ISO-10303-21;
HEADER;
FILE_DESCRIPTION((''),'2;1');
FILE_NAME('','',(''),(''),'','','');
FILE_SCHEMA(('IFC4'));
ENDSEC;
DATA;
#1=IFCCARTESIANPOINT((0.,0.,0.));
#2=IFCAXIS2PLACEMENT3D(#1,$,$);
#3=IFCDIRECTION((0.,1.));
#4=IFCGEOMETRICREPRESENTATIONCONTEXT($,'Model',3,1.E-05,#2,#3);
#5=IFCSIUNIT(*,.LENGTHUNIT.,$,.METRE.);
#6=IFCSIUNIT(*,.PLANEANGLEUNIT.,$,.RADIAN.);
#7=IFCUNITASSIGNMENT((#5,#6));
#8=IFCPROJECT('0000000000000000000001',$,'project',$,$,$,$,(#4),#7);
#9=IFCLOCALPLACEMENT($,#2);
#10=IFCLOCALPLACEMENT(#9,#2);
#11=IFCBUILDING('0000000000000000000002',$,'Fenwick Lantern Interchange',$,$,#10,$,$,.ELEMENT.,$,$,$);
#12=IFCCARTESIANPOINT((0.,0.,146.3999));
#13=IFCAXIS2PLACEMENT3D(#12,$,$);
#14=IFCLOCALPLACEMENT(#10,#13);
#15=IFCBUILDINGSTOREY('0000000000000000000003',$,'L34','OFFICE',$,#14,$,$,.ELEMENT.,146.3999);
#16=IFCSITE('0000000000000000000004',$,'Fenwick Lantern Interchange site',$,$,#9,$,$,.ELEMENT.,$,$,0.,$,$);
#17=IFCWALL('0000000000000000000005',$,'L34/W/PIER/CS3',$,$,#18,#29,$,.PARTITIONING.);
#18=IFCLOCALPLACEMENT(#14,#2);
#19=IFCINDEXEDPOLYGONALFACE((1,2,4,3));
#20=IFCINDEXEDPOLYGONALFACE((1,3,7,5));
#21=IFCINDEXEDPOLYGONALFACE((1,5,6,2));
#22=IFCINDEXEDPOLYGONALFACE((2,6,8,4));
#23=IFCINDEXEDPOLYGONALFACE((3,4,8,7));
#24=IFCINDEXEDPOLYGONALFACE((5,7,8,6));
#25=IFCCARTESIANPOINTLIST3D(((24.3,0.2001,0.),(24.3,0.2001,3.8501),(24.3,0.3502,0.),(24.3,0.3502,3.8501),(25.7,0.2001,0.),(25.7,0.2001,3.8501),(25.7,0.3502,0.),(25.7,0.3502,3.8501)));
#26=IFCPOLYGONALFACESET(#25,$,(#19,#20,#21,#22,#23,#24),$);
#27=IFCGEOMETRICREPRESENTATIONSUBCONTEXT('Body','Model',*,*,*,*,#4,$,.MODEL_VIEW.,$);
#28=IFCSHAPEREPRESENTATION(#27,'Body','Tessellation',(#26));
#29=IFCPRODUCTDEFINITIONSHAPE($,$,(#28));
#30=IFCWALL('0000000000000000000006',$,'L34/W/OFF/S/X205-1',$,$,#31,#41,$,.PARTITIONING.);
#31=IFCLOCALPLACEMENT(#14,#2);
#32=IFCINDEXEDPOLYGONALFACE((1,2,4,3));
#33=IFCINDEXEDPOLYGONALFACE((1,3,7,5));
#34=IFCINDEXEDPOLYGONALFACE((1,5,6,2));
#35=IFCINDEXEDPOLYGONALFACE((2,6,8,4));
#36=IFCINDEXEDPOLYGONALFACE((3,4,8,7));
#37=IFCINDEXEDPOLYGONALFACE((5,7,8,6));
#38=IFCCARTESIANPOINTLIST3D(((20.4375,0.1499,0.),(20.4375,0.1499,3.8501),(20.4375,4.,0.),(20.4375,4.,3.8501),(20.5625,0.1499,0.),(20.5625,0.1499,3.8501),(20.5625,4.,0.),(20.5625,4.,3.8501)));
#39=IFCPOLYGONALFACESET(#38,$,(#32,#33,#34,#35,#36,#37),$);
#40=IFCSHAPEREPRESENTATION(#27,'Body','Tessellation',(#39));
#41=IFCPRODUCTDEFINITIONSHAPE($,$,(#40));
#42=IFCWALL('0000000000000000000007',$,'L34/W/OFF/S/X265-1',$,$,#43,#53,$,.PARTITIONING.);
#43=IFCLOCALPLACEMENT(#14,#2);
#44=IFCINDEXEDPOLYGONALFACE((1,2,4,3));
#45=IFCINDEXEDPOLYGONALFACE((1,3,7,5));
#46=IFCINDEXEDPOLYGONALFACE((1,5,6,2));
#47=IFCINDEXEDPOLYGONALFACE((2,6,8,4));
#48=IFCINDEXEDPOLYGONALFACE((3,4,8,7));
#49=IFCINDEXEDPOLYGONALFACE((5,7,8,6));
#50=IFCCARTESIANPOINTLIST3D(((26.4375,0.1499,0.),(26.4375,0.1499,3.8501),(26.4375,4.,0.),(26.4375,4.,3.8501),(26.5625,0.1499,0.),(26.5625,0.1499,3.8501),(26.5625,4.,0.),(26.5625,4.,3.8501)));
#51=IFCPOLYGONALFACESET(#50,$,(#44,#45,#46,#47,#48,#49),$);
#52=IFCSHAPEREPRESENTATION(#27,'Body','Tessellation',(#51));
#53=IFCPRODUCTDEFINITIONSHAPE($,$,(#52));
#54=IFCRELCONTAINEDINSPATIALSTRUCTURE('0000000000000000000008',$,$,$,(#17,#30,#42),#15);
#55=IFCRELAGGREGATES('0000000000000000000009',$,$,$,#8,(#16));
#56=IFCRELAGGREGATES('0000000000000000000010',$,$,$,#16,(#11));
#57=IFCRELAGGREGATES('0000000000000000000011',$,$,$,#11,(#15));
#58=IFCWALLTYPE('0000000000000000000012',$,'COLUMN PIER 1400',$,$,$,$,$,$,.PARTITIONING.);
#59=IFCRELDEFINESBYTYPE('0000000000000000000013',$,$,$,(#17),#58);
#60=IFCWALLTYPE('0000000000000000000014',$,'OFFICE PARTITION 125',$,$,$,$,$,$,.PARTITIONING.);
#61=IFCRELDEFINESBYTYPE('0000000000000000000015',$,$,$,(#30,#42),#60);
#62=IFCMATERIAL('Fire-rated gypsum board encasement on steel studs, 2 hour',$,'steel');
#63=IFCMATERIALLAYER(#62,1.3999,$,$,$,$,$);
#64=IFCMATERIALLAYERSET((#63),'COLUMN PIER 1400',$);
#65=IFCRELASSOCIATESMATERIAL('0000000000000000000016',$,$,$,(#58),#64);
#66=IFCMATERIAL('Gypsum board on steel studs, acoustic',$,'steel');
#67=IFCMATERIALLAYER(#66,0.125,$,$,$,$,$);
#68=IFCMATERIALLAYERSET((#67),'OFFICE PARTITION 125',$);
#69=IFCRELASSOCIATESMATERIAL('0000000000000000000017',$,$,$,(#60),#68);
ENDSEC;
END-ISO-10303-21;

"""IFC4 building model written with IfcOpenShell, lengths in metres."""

from ifc_helpers import new_model, si_unit, direction, frame, frame_2d, origin, place, context, subcontext, project, spatial, rectangle, extrude, material, layer, layer_set, type_object, element, save


model = new_model("IFC4")

# Units and contexts
model_context = context("Model", 3, precision=1e-05, world=origin(), true_north=direction((0.0, 1.0)))
body_context = subcontext(model_context, "Body", "Model", "MODEL_VIEW")
ifc_project = project(units=[si_unit("LENGTHUNIT", "METRE"), si_unit("PLANEANGLEUNIT", "RADIAN")], contexts=[model_context])

# Site, building, storey
site_placement = place(None, origin())
site = spatial("IfcSite", under=ifc_project, at=site_placement, Name="Fenwick Lantern Interchange site", CompositionType="ELEMENT", RefElevation=0.0)
building_placement = place(site_placement, origin())
building = spatial("IfcBuilding", under=site, at=building_placement, Name="Fenwick Lantern Interchange", CompositionType="ELEMENT")
storey_placement = place(building_placement, frame((0.0, 0.0, 146.3999)))
storey = spatial("IfcBuildingStorey", under=building, at=storey_placement, Name="L34", Description="OFFICE", CompositionType="ELEMENT", Elevation=146.3999)

# Walls
ifc_material_1 = material(Name="Fire-rated gypsum board encasement on steel studs, 2 hour", Category="steel")
ifc_layer_1 = layer(ifc_material_1, 1.3999)
ifc_layer_set_1 = layer_set([ifc_layer_1], Name="COLUMN PIER 1400")
wall_type_1 = type_object("IfcWallType", Name="COLUMN PIER 1400", PredefinedType="PARTITIONING", material=ifc_layer_set_1)
wall_placement = place(storey_placement, frame((25.0, 0.2, 0.0), z_axis=(0.0, 0.0, 1.0), x_axis=(0.0, 1.0, 0.0)))
element("IfcWall", 1, at=wall_placement, inside=storey, type_object=wall_type_1, Name="L34/W/PIER/CS3", PredefinedType="PARTITIONING", context=body_context, shape_type="SweptSolid", body=[
    extrude(rectangle(XDim=0.1501, YDim=1.3999, at=frame_2d((0.0752, 0.0))), origin(), (0.0, 0.0, 1.0), 3.8501),
])
ifc_material_2 = material(Name="Gypsum board on steel studs, acoustic", Category="steel")
ifc_layer_2 = layer(ifc_material_2, 0.125)
ifc_layer_set_2 = layer_set([ifc_layer_2], Name="OFFICE PARTITION 125")
wall_type_2 = type_object("IfcWallType", Name="OFFICE PARTITION 125", PredefinedType="PARTITIONING", material=ifc_layer_set_2)
for number, where, z_axis, x_axis, name in (
    (2, (20.5, 0.1499, 0.0), (0.0, 0.0, 1.0), (0.0, 1.0, 0.0), "L34/W/OFF/S/X205-1"),
    (3, (26.5, 0.1499, 0.0), (0.0, 0.0, 1.0), (0.0, 1.0, 0.0), "L34/W/OFF/S/X265-1"),
):
    element("IfcWall", number, at=place(storey_placement, frame(where, z_axis=z_axis, x_axis=x_axis)), inside=storey, type_object=wall_type_2, Name=name, PredefinedType="PARTITIONING", context=body_context, shape_type="SweptSolid", body=[
        extrude(rectangle(XDim=3.8501, YDim=0.125, at=frame_2d((1.925, 0.0))), origin(), (0.0, 0.0, 1.0), 3.8501),
    ])

save(model, "model.ifc")
